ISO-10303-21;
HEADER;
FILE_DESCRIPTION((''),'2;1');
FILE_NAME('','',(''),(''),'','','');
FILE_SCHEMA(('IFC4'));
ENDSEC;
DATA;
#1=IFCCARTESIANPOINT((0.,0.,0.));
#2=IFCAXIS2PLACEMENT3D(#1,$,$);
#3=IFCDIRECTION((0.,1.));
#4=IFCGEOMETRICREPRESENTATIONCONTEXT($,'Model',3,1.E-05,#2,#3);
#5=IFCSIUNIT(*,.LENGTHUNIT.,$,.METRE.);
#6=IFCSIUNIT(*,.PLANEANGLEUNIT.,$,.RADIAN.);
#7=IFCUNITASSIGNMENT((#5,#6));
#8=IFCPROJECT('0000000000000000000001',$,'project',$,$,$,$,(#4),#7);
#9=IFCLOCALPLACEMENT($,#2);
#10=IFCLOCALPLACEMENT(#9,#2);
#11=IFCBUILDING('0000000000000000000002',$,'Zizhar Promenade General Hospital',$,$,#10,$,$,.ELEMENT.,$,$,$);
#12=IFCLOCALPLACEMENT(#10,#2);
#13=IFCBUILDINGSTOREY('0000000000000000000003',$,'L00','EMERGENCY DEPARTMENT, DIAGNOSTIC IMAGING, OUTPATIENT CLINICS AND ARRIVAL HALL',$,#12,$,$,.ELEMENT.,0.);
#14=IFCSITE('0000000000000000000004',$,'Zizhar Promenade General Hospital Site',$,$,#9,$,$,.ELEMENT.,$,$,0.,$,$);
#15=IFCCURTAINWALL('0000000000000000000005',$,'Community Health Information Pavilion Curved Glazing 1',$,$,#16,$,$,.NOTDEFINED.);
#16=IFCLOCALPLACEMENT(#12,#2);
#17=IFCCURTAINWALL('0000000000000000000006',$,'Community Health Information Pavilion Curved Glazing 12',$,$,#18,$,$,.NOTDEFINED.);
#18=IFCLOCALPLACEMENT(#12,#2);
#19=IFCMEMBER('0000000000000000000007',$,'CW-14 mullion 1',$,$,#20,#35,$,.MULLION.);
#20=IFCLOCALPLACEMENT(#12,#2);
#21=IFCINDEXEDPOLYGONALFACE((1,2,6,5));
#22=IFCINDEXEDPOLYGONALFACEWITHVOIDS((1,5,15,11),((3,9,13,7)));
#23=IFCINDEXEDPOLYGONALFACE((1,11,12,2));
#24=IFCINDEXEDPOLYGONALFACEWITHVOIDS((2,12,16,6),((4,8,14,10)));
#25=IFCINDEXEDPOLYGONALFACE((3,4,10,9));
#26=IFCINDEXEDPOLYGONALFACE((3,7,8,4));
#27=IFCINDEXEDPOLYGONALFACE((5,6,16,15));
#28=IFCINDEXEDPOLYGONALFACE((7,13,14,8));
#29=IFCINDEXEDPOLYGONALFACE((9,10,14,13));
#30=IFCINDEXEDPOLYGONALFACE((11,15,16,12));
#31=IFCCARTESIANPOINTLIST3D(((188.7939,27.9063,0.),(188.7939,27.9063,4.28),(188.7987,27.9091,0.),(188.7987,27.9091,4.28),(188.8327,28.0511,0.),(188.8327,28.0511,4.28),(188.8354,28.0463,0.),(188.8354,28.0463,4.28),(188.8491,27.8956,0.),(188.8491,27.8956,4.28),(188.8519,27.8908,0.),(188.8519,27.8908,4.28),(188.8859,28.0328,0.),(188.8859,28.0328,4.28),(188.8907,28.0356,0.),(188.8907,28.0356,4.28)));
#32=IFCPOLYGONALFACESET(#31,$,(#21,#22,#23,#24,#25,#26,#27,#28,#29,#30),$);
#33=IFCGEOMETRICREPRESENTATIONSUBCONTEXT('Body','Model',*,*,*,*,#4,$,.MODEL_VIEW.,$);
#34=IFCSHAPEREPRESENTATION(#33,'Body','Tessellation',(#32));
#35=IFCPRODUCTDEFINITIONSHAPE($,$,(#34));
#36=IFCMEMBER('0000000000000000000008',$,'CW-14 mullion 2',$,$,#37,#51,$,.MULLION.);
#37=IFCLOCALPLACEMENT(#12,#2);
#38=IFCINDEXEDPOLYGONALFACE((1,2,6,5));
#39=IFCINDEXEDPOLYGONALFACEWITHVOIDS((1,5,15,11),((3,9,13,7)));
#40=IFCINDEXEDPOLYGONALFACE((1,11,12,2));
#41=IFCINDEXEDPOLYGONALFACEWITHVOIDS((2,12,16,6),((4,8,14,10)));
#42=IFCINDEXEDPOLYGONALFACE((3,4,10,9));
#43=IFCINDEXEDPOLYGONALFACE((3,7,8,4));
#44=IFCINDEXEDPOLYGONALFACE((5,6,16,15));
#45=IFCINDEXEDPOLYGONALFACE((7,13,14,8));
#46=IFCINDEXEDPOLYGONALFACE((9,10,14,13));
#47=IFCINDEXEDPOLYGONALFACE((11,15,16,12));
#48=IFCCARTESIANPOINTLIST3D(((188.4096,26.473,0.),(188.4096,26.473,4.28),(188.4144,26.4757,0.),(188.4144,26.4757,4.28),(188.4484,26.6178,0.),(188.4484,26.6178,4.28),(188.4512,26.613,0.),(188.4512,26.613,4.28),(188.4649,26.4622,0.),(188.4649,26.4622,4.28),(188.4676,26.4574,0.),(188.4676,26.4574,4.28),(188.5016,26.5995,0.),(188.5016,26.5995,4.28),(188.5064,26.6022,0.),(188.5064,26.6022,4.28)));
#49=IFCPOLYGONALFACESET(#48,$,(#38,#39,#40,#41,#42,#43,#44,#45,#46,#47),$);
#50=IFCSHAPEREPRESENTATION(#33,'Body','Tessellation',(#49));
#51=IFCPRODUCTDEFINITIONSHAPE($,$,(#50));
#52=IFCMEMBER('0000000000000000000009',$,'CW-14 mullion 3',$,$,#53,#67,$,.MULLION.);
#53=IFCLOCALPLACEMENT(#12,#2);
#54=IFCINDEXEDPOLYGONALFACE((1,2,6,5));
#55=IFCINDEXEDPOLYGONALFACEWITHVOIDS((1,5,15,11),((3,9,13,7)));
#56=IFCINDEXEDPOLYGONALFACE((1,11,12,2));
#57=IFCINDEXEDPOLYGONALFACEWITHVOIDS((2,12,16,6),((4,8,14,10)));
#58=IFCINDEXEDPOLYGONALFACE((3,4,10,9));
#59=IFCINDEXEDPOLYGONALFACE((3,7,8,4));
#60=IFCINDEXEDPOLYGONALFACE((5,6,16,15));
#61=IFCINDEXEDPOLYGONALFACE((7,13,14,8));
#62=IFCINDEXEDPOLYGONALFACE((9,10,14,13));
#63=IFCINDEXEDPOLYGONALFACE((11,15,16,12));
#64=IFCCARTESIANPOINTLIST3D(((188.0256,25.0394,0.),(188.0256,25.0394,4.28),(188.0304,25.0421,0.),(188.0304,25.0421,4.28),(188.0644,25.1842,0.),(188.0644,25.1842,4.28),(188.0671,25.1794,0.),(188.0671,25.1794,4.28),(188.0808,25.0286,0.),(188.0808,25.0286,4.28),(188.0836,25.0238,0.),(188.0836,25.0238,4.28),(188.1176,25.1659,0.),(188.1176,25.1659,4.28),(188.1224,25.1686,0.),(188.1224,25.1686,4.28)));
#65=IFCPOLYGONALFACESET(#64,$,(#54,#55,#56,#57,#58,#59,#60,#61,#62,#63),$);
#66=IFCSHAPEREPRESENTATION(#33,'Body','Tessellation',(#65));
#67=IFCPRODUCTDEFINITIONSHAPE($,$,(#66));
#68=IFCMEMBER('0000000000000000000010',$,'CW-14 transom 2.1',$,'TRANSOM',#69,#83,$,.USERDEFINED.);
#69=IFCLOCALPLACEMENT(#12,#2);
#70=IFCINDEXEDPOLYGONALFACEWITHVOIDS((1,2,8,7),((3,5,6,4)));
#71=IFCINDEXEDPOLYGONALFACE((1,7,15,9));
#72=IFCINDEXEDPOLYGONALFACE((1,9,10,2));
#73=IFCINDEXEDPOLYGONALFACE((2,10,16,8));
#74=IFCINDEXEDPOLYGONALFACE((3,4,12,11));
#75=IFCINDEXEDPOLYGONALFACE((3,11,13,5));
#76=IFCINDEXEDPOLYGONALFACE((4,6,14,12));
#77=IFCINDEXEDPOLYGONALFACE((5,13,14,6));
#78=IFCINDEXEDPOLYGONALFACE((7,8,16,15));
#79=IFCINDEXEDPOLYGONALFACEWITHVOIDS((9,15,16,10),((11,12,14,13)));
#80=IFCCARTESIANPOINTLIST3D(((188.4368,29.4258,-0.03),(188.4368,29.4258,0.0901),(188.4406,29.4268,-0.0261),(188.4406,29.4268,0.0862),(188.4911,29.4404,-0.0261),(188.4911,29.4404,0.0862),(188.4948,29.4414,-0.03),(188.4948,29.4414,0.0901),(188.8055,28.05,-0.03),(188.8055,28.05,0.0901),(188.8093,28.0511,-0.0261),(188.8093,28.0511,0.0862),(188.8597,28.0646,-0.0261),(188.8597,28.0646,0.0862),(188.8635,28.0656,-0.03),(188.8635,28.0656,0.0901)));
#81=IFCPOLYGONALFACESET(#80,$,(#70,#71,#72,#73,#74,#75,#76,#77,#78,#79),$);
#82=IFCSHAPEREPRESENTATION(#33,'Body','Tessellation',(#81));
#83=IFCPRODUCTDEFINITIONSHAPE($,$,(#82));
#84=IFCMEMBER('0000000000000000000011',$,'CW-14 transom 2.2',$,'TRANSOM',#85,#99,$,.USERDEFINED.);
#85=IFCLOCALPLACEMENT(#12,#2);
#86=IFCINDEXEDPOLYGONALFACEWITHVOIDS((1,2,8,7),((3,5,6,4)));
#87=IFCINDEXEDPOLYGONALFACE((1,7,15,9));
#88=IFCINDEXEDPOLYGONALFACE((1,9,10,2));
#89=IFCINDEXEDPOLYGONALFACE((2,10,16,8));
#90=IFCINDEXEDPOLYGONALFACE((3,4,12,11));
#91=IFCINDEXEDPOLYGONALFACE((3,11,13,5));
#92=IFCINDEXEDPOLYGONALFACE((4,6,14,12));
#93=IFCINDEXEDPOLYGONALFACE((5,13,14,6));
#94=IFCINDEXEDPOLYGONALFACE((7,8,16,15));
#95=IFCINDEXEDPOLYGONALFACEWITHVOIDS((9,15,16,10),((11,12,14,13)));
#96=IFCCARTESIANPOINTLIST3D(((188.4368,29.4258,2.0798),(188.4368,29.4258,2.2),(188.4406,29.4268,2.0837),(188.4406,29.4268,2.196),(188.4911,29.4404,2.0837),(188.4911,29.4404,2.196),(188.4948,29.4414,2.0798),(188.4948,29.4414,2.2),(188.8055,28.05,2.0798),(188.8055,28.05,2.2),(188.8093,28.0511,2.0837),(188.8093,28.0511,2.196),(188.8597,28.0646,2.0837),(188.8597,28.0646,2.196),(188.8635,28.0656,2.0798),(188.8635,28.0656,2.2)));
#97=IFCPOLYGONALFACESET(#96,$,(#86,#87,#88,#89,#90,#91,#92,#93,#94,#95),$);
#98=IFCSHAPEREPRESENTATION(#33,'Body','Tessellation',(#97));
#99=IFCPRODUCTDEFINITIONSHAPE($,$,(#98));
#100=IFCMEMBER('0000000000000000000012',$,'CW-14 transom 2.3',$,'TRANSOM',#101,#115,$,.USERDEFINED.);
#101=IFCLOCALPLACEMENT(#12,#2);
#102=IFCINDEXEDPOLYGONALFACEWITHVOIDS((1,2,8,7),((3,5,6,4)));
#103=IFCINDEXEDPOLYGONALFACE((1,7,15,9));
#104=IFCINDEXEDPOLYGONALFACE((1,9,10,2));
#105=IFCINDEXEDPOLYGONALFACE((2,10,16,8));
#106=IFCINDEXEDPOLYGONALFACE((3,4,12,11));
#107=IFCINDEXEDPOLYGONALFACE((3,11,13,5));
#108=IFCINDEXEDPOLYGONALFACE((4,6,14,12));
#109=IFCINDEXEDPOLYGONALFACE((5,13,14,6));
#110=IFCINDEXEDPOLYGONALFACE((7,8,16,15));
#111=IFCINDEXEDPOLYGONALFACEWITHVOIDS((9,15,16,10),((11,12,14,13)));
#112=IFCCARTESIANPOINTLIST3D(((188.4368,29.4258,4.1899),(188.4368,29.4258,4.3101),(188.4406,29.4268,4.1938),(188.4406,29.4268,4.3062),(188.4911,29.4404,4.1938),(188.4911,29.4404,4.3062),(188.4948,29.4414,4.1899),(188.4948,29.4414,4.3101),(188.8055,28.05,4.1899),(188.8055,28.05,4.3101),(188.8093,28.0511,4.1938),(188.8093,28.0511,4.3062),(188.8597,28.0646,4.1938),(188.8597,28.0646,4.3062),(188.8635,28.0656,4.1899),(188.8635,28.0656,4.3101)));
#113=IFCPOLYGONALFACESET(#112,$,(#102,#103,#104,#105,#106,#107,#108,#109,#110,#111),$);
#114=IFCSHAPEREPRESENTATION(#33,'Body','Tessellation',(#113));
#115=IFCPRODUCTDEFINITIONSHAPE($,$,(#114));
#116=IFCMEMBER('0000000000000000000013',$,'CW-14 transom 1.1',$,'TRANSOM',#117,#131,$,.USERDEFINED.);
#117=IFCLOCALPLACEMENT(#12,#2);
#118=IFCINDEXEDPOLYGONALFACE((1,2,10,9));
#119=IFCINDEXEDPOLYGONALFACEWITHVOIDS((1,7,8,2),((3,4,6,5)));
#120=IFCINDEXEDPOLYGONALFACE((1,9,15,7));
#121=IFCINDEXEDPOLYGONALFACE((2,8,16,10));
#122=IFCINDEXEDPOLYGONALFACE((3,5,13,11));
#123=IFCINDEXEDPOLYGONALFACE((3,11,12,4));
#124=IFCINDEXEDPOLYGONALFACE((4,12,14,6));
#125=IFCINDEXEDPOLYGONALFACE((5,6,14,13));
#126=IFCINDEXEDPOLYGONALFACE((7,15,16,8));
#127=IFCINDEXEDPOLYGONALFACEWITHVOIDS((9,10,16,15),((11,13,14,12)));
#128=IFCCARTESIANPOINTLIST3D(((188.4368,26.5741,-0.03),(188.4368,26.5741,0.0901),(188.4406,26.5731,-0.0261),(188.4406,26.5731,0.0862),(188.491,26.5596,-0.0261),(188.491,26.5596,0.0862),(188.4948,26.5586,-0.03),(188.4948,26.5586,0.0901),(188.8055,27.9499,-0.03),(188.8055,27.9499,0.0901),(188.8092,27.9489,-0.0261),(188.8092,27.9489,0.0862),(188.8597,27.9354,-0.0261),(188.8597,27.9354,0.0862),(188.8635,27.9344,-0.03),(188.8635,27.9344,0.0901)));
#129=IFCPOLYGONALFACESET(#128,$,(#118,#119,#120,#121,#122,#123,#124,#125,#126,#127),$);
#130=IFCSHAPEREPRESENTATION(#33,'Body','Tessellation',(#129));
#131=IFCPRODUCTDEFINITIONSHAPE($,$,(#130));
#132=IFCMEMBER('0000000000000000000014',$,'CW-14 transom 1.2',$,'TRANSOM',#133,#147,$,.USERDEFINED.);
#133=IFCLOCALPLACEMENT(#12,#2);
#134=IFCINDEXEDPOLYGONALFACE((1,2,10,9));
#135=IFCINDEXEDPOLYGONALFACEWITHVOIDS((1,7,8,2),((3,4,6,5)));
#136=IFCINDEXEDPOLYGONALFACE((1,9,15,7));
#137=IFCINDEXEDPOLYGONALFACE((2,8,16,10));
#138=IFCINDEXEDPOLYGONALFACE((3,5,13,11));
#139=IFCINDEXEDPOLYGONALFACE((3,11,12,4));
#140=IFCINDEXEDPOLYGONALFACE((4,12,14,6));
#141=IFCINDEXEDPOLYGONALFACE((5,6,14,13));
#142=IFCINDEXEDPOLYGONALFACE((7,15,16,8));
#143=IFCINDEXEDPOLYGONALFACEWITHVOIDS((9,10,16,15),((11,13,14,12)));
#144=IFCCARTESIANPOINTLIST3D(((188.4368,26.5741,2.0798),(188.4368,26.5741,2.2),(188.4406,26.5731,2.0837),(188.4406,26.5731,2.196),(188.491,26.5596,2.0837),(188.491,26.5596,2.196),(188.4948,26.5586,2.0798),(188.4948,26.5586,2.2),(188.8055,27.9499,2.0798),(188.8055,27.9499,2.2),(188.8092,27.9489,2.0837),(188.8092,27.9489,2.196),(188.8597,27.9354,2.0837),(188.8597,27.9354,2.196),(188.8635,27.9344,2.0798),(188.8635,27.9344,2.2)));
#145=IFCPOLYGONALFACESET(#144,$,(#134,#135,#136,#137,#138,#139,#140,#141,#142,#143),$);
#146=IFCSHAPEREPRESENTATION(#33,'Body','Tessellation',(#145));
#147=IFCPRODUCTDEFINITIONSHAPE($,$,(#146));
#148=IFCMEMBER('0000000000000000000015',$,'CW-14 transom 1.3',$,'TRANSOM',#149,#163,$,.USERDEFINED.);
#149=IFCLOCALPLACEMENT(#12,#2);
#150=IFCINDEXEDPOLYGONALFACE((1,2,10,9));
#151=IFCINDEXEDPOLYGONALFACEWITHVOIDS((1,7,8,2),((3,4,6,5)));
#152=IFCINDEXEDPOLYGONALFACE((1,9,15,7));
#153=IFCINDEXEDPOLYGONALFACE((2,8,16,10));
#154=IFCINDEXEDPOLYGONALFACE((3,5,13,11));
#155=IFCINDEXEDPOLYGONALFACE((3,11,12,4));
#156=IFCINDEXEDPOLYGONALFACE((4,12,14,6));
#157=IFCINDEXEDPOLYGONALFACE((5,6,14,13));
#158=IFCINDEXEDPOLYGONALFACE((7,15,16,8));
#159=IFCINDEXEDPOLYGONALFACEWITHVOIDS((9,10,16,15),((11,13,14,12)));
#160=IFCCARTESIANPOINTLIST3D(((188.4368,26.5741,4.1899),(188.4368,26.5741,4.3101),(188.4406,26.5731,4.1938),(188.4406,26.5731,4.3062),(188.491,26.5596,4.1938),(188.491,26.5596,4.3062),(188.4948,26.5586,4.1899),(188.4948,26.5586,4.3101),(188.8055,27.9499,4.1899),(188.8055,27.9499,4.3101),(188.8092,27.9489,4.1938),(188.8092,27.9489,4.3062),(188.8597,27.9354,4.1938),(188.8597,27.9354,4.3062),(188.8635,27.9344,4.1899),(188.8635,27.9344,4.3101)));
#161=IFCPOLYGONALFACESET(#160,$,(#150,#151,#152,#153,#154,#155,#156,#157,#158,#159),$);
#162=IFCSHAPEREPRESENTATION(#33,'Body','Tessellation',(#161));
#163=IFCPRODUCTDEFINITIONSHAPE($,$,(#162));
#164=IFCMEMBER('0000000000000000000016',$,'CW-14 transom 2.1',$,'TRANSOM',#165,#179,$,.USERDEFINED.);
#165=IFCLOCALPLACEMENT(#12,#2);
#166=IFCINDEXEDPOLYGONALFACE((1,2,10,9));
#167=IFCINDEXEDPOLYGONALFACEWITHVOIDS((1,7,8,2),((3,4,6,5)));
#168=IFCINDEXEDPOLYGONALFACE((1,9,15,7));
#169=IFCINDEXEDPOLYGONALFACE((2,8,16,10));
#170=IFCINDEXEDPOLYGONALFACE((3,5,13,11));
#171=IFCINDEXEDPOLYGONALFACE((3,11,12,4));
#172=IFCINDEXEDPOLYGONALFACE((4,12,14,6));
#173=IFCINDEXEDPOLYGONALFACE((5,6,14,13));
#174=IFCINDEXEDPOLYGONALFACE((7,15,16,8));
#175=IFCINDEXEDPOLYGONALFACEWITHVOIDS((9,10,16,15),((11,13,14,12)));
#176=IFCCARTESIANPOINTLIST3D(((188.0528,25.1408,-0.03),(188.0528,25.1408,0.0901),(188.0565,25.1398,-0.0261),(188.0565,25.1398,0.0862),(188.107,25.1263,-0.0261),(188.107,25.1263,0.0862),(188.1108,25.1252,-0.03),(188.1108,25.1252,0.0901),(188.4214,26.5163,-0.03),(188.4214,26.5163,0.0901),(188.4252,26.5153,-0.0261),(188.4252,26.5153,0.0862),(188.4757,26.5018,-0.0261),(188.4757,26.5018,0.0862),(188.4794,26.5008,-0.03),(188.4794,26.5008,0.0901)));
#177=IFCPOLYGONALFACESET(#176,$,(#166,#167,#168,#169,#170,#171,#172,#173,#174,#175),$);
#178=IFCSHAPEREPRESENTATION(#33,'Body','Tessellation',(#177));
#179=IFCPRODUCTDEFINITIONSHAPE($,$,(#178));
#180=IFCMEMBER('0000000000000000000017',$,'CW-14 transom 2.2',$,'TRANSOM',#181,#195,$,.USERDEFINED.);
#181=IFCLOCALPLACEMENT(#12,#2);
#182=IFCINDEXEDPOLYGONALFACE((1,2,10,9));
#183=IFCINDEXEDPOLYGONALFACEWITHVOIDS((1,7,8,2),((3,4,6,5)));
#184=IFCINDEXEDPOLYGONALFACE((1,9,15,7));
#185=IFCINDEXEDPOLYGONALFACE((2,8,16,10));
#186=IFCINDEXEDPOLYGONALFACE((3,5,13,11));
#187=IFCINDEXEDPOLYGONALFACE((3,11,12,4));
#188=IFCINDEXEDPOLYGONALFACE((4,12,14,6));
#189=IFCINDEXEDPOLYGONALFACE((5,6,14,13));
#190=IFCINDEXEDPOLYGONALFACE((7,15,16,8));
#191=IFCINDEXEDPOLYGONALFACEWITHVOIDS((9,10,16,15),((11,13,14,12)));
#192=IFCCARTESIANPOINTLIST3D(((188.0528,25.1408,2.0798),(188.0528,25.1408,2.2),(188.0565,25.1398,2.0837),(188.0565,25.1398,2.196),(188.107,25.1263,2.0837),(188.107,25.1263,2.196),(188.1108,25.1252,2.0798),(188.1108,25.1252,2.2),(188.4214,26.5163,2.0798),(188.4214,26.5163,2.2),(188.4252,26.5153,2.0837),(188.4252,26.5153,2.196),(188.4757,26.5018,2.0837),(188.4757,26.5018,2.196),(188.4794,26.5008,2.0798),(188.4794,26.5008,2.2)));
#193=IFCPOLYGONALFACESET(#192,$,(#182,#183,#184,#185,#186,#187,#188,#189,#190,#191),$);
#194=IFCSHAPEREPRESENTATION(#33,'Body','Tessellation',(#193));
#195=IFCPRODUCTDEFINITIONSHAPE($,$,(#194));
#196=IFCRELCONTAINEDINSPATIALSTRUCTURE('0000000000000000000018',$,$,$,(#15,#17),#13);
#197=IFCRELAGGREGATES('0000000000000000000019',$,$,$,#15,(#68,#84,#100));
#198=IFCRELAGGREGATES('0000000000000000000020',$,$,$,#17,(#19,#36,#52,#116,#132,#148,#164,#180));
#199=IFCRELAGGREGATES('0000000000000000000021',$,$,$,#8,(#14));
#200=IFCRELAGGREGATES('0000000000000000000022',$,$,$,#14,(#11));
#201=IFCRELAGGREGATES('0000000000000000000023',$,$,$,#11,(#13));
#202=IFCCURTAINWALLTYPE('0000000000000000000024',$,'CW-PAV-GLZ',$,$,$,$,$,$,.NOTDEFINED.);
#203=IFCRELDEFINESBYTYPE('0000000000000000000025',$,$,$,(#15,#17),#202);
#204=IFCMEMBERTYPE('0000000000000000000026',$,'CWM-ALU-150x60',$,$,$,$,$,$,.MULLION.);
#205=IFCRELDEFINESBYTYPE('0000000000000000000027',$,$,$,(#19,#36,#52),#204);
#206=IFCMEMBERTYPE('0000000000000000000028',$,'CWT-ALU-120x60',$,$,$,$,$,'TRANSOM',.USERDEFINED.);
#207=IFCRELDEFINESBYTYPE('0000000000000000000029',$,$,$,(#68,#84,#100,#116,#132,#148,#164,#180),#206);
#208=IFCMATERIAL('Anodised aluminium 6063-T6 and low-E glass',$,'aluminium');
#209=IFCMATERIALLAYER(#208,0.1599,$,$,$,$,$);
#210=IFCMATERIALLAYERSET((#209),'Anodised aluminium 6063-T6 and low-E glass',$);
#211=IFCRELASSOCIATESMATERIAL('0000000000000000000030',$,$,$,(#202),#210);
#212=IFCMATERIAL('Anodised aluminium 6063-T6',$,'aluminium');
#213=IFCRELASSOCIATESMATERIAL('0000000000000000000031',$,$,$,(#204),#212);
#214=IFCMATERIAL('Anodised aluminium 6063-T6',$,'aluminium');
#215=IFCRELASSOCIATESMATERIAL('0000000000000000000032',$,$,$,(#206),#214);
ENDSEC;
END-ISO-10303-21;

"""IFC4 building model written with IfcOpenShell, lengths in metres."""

from ifc_helpers import new_model, si_unit, direction, frame, origin, origin_2d, place, context, subcontext, project, spatial, hollow_rectangle, extrude, material, layer, layer_set, material_profile, profile_set, type_object, element, aggregate, save


model = new_model("IFC4")

# Units and contexts
model_context = context("Model", 3, precision=1e-05, world=origin(), true_north=direction((0.0, 1.0)))
body_context = subcontext(model_context, "Body", "Model", "MODEL_VIEW")
ifc_project = project(units=[si_unit("LENGTHUNIT", "METRE"), si_unit("PLANEANGLEUNIT", "RADIAN")], contexts=[model_context])

# Site, building, storey
site_placement = place(None, origin())
site = spatial("IfcSite", under=ifc_project, at=site_placement, Name="Zizhar Promenade General Hospital Site", CompositionType="ELEMENT", RefElevation=0.0)
building_placement = place(site_placement, origin())
building = spatial("IfcBuilding", under=site, at=building_placement, Name="Zizhar Promenade General Hospital", CompositionType="ELEMENT")
storey_placement = place(building_placement, origin())
storey = spatial("IfcBuildingStorey", under=building, at=storey_placement, Name="L00", Description="EMERGENCY DEPARTMENT, DIAGNOSTIC IMAGING, OUTPATIENT CLINICS AND ARRIVAL HALL", CompositionType="ELEMENT", Elevation=0.0)

# Curtain walls, members
ifc_material_1 = material(Name="Anodised aluminium 6063-T6 and low-E glass", Category="aluminium")
ifc_layer_1 = layer(ifc_material_1, 0.1599)
ifc_layer_set_1 = layer_set([ifc_layer_1], Name="Anodised aluminium 6063-T6 and low-E glass")
curtain_wall_type = type_object("IfcCurtainWallType", Name="CW-PAV-GLZ", PredefinedType="NOTDEFINED", material=ifc_layer_set_1)
curtain_wall_1_placement = place(storey_placement, origin())
curtain_wall_1 = element("IfcCurtainWall", 1, at=curtain_wall_1_placement, inside=storey, type_object=curtain_wall_type, Name="Community Health Information Pavilion Curved Glazing 1", PredefinedType="NOTDEFINED")
ifc_material_2 = material(Name="Anodised aluminium 6063-T6", Category="aluminium")
ifc_material_profile_1 = material_profile(ifc_material_2, hollow_rectangle(XDim=0.0601, YDim=0.1499, WallThickness=0.0039, at=origin_2d()))
ifc_profile_set_1 = profile_set([ifc_material_profile_1], Name="Anodised aluminium 6063-T6")
member_type_1 = type_object("IfcMemberType", Name="CWM-ALU-150x60", PredefinedType="MULLION", material=ifc_profile_set_1)
curtain_wall_2_placement = place(storey_placement, origin())
curtain_wall_2 = element("IfcCurtainWall", 2, at=curtain_wall_2_placement, inside=storey, type_object=curtain_wall_type, Name="Community Health Information Pavilion Curved Glazing 12", PredefinedType="NOTDEFINED")
member_1_placement = place(storey_placement, frame((188.8423, 27.9709, 0.0), z_axis=(0.0, 0.0, 1.0), x_axis=(0.965922, -0.258834, 0.0)))
member_1 = element("IfcMember", 3, at=member_1_placement, type_object=member_type_1, Name="CW-14 mullion 1", PredefinedType="MULLION", context=body_context, shape_type="SweptSolid", body=[
    extrude(hollow_rectangle(XDim=0.0601, YDim=0.1499, WallThickness=0.0039, at=origin_2d()), origin(), (0.0, 0.0, 1.0), 4.28),
])
member_2_placement = place(storey_placement, frame((188.458, 26.5376, 0.0), z_axis=(0.0, 0.0, 1.0), x_axis=(0.965922, -0.258834, 0.0)))
member_2 = element("IfcMember", 4, at=member_2_placement, type_object=member_type_1, Name="CW-14 mullion 2", PredefinedType="MULLION", context=body_context, shape_type="SweptSolid", body=[
    extrude(hollow_rectangle(XDim=0.0601, YDim=0.1499, WallThickness=0.0039, at=origin_2d()), origin(), (0.0, 0.0, 1.0), 4.28),
])
member_3_placement = place(storey_placement, frame((188.074, 25.104, 0.0), z_axis=(0.0, 0.0, 1.0), x_axis=(0.965922, -0.258834, 0.0)))
member_3 = element("IfcMember", 5, at=member_3_placement, type_object=member_type_1, Name="CW-14 mullion 3", PredefinedType="MULLION", context=body_context, shape_type="SweptSolid", body=[
    extrude(hollow_rectangle(XDim=0.0601, YDim=0.1499, WallThickness=0.0039, at=origin_2d()), origin(), (0.0, 0.0, 1.0), 4.28),
])

# Members
ifc_material_3 = material(Name="Anodised aluminium 6063-T6", Category="aluminium")
ifc_material_profile_2 = material_profile(ifc_material_3, hollow_rectangle(XDim=0.0601, YDim=0.1201, WallThickness=0.0039, at=origin_2d()))
ifc_profile_set_2 = profile_set([ifc_material_profile_2], Name="Anodised aluminium 6063-T6")
member_type_2 = type_object("IfcMemberType", Name="CWT-ALU-120x60", ElementType="TRANSOM", PredefinedType="USERDEFINED", material=ifc_profile_set_2)
member_4_placement = place(storey_placement, frame((188.4658, 29.4336, 0.03), z_axis=(0.258836, -0.965921, 0.0), x_axis=(0.965921, 0.258836, 0.0)))
member_4 = element("IfcMember", 6, at=member_4_placement, type_object=member_type_2, Name="CW-14 transom 2.1", ObjectType="TRANSOM", PredefinedType="USERDEFINED", context=body_context, shape_type="SweptSolid", body=[
    extrude(hollow_rectangle(XDim=0.0601, YDim=0.1201, WallThickness=0.0039, at=origin_2d()), origin(), (0.0, 0.0, 1.0), 1.4243),
])
member_5_placement = place(storey_placement, frame((188.4658, 29.4336, 2.1399), z_axis=(0.258836, -0.965921, 0.0), x_axis=(0.965921, 0.258836, 0.0)))
member_5 = element("IfcMember", 7, at=member_5_placement, type_object=member_type_2, Name="CW-14 transom 2.2", ObjectType="TRANSOM", PredefinedType="USERDEFINED", context=body_context, shape_type="SweptSolid", body=[
    extrude(hollow_rectangle(XDim=0.0601, YDim=0.1201, WallThickness=0.0039, at=origin_2d()), origin(), (0.0, 0.0, 1.0), 1.4243),
])
member_6_placement = place(storey_placement, frame((188.4658, 29.4336, 4.25), z_axis=(0.258836, -0.965921, 0.0), x_axis=(0.965921, 0.258836, 0.0)))
member_6 = element("IfcMember", 8, at=member_6_placement, type_object=member_type_2, Name="CW-14 transom 2.3", ObjectType="TRANSOM", PredefinedType="USERDEFINED", context=body_context, shape_type="SweptSolid", body=[
    extrude(hollow_rectangle(XDim=0.0601, YDim=0.1201, WallThickness=0.0039, at=origin_2d()), origin(), (0.0, 0.0, 1.0), 1.4243),
])
member_7_placement = place(storey_placement, frame((188.8345, 27.9421, 0.03), z_axis=(-0.258836, -0.965921, 0.0), x_axis=(0.965921, -0.258836, 0.0)))
member_7 = element("IfcMember", 9, at=member_7_placement, type_object=member_type_2, Name="CW-14 transom 1.1", ObjectType="TRANSOM", PredefinedType="USERDEFINED", context=body_context, shape_type="SweptSolid", body=[
    extrude(hollow_rectangle(XDim=0.0601, YDim=0.1201, WallThickness=0.0039, at=origin_2d()), origin(), (0.0, 0.0, 1.0), 1.4243),
])
member_8_placement = place(storey_placement, frame((188.8345, 27.9421, 2.1399), z_axis=(-0.258836, -0.965921, 0.0), x_axis=(0.965921, -0.258836, 0.0)))
member_8 = element("IfcMember", 10, at=member_8_placement, type_object=member_type_2, Name="CW-14 transom 1.2", ObjectType="TRANSOM", PredefinedType="USERDEFINED", context=body_context, shape_type="SweptSolid", body=[
    extrude(hollow_rectangle(XDim=0.0601, YDim=0.1201, WallThickness=0.0039, at=origin_2d()), origin(), (0.0, 0.0, 1.0), 1.4243),
])
member_9_placement = place(storey_placement, frame((188.8345, 27.9421, 4.25), z_axis=(-0.258836, -0.965921, 0.0), x_axis=(0.965921, -0.258836, 0.0)))
member_9 = element("IfcMember", 11, at=member_9_placement, type_object=member_type_2, Name="CW-14 transom 1.3", ObjectType="TRANSOM", PredefinedType="USERDEFINED", context=body_context, shape_type="SweptSolid", body=[
    extrude(hollow_rectangle(XDim=0.0601, YDim=0.1201, WallThickness=0.0039, at=origin_2d()), origin(), (0.0, 0.0, 1.0), 1.4243),
])
member_10_placement = place(storey_placement, frame((188.4504, 26.5085, 0.03), z_axis=(-0.258879, -0.96591, 0.0), x_axis=(0.96591, -0.258879, 0.0)))
member_10 = element("IfcMember", 12, at=member_10_placement, type_object=member_type_2, Name="CW-14 transom 2.1", ObjectType="TRANSOM", PredefinedType="USERDEFINED", context=body_context, shape_type="SweptSolid", body=[
    extrude(hollow_rectangle(XDim=0.0601, YDim=0.1201, WallThickness=0.0039, at=origin_2d()), origin(), (0.0, 0.0, 1.0), 1.4241),
])
member_11_placement = place(storey_placement, frame((188.4504, 26.5085, 2.1399), z_axis=(-0.258879, -0.96591, 0.0), x_axis=(0.96591, -0.258879, 0.0)))
member_11 = element("IfcMember", 13, at=member_11_placement, type_object=member_type_2, Name="CW-14 transom 2.2", ObjectType="TRANSOM", PredefinedType="USERDEFINED", context=body_context, shape_type="SweptSolid", body=[
    extrude(hollow_rectangle(XDim=0.0601, YDim=0.1201, WallThickness=0.0039, at=origin_2d()), origin(), (0.0, 0.0, 1.0), 1.4241),
])

aggregate(curtain_wall_1, [member_4, member_5, member_6])
aggregate(curtain_wall_2, [member_1, member_2, member_3, member_7, member_8, member_9, member_10, member_11])

save(model, "model.ifc")
